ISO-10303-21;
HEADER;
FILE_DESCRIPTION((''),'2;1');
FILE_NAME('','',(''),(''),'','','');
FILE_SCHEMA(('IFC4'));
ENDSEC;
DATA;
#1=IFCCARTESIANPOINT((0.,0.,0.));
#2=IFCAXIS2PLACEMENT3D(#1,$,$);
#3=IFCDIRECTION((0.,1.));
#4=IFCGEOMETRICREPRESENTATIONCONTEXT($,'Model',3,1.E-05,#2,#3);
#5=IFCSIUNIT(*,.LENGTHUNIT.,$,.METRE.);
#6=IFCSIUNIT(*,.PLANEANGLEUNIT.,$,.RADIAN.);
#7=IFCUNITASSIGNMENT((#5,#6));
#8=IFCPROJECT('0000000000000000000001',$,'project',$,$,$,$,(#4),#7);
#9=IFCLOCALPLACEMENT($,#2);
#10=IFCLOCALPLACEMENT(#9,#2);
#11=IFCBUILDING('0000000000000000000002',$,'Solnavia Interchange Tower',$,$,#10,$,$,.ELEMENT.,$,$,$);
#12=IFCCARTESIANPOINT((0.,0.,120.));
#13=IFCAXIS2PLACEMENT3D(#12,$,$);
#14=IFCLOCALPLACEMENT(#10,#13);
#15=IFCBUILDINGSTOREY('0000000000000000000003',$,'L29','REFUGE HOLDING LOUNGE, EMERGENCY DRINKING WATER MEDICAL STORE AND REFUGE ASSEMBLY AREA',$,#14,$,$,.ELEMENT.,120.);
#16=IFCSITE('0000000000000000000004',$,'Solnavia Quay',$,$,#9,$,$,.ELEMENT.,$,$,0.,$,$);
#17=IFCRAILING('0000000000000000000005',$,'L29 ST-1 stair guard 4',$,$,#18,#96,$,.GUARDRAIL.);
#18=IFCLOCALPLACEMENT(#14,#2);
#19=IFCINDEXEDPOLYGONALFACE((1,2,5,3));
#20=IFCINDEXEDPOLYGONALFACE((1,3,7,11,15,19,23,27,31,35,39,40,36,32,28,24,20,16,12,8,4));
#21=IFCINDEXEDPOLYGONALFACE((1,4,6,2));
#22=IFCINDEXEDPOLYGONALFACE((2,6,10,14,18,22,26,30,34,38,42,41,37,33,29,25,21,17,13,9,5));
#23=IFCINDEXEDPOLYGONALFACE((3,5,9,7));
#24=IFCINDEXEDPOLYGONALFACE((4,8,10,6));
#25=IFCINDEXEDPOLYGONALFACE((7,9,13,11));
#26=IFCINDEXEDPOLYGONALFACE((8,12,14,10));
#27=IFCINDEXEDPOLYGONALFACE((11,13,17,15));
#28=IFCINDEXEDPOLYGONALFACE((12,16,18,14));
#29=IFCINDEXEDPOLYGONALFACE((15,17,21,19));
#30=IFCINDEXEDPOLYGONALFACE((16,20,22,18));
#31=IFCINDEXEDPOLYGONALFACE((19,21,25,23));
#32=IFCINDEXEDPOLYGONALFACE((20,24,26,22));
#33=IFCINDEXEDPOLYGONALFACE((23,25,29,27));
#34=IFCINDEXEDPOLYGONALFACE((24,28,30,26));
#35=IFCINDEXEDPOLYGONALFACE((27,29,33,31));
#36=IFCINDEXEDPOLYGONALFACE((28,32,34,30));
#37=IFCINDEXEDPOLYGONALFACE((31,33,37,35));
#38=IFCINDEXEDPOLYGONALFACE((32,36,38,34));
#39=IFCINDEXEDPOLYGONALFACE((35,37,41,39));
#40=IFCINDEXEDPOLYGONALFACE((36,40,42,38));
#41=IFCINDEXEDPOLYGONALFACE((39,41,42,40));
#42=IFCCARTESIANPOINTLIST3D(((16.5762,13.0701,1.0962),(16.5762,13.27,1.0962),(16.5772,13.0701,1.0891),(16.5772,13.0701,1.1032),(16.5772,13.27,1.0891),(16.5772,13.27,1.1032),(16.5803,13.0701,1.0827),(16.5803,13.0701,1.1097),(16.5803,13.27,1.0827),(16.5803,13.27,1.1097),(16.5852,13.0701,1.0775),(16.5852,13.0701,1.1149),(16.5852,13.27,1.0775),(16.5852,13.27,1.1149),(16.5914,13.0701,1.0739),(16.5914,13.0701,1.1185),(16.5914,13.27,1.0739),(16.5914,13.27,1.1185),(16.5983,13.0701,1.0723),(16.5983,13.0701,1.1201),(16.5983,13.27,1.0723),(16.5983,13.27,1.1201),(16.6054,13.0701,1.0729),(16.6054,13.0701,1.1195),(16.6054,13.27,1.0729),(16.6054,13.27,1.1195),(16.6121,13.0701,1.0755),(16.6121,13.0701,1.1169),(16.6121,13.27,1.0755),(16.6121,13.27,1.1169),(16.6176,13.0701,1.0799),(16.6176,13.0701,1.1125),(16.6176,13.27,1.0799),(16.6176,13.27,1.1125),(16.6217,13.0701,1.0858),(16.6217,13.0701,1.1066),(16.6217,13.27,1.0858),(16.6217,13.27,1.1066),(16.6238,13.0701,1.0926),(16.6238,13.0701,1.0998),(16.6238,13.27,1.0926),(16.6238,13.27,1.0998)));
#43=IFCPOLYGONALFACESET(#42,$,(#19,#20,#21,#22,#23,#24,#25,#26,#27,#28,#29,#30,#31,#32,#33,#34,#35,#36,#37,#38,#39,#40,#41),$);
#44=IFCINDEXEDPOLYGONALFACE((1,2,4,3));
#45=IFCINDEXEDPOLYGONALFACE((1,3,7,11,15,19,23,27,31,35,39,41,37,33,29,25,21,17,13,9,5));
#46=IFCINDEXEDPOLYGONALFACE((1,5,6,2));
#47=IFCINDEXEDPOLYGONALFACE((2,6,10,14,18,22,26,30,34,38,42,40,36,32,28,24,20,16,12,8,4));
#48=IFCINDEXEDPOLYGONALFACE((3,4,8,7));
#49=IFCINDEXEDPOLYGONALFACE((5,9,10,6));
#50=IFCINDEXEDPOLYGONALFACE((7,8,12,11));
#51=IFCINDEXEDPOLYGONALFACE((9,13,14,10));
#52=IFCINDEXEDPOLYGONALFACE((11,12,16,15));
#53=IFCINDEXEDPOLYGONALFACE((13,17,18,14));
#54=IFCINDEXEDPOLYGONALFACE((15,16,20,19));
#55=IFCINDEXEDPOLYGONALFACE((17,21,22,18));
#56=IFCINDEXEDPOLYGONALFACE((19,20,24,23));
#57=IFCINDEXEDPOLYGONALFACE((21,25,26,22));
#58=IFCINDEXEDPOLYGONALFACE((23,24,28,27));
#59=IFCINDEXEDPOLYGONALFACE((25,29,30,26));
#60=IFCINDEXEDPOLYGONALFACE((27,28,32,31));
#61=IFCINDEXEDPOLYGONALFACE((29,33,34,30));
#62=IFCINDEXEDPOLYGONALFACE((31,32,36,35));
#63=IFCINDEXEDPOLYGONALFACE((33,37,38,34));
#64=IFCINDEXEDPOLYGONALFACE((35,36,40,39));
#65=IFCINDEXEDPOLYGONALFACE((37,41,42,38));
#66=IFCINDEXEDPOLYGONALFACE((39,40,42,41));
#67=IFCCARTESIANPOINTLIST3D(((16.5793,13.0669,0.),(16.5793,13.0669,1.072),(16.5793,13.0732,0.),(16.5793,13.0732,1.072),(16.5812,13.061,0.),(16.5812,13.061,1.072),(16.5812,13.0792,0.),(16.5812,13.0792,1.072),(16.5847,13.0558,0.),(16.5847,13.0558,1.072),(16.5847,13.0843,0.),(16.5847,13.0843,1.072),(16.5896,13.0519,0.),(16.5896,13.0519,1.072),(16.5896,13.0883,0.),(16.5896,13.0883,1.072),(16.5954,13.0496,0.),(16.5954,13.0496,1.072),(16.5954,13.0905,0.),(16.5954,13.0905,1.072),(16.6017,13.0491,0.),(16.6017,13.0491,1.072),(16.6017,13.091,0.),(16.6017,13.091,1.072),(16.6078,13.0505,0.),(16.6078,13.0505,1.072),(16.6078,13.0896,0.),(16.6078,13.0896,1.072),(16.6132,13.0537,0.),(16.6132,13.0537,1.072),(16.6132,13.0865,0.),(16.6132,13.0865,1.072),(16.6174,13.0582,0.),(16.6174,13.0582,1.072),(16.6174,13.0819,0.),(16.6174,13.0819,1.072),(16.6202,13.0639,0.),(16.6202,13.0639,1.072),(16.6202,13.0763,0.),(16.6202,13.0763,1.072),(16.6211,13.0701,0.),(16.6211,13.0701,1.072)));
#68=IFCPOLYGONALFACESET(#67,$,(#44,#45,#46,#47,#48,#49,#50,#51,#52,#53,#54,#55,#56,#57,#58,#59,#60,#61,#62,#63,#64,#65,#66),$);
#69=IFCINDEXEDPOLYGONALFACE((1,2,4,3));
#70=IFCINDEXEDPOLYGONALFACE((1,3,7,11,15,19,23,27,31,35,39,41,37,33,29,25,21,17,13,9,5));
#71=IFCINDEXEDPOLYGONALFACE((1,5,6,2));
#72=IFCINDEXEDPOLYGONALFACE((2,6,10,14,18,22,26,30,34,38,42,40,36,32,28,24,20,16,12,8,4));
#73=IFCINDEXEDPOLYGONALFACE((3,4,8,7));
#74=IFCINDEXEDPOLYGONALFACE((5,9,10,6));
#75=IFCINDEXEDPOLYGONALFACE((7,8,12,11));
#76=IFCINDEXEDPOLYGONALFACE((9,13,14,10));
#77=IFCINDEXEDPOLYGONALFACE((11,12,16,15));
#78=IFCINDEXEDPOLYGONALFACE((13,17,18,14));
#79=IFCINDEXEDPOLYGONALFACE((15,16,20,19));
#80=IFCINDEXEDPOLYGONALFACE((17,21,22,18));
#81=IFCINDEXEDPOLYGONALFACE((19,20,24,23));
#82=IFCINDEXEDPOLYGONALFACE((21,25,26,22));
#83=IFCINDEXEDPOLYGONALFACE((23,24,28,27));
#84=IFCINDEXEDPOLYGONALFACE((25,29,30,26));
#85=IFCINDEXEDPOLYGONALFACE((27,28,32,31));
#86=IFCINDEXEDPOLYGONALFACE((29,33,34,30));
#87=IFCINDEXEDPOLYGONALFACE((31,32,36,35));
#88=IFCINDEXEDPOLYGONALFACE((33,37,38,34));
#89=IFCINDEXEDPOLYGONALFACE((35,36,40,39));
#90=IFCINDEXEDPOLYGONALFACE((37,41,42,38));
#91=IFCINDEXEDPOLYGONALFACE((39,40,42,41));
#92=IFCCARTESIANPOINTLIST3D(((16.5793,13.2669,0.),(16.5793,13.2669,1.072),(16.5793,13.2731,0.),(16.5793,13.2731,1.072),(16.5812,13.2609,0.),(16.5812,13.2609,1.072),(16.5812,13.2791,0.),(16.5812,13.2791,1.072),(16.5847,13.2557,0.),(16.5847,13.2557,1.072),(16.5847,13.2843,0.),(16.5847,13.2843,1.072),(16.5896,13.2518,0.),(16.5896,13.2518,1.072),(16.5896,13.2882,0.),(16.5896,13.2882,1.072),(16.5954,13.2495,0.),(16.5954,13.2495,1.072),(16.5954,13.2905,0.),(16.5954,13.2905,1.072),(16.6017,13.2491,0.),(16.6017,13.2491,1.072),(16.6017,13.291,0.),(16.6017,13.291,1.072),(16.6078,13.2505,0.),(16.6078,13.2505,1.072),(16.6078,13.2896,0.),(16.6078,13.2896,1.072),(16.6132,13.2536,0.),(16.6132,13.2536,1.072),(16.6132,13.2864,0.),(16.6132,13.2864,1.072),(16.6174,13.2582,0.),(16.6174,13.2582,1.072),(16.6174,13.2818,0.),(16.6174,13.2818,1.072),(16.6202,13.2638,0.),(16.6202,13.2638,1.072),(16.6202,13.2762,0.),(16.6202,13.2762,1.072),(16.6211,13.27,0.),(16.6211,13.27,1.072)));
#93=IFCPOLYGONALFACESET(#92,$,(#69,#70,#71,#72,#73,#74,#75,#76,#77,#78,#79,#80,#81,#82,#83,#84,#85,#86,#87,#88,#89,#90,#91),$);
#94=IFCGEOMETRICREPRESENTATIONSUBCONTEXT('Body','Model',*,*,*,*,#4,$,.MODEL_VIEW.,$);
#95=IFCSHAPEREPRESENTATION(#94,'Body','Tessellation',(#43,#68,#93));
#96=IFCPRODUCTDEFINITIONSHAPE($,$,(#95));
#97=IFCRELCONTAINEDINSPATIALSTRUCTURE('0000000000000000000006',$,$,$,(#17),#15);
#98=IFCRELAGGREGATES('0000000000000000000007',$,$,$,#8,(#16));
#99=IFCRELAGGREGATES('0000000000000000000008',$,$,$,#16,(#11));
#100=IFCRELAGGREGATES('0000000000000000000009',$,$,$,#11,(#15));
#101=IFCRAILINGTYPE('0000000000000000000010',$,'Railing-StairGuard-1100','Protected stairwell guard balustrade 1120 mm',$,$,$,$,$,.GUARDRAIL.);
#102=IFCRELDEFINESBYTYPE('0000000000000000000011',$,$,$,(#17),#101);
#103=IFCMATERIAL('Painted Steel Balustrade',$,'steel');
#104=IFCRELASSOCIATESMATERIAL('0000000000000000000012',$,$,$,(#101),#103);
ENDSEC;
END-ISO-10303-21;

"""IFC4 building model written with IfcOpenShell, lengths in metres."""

from ifc_helpers import new_model, si_unit, direction, frame, origin, origin_2d, place, context, subcontext, project, spatial, circle, extrude, material, type_object, element, save


model = new_model("IFC4")

# Units and contexts
model_context = context("Model", 3, precision=1e-05, world=origin(), true_north=direction((0.0, 1.0)))
body_context = subcontext(model_context, "Body", "Model", "MODEL_VIEW")
ifc_project = project(units=[si_unit("LENGTHUNIT", "METRE"), si_unit("PLANEANGLEUNIT", "RADIAN")], contexts=[model_context])

# Site, building, storey
site_placement = place(None, origin())
site = spatial("IfcSite", under=ifc_project, at=site_placement, Name="Solnavia Quay", CompositionType="ELEMENT", RefElevation=0.0)
building_placement = place(site_placement, origin())
building = spatial("IfcBuilding", under=site, at=building_placement, Name="Solnavia Interchange Tower", CompositionType="ELEMENT")
storey_placement = place(building_placement, frame((0.0, 0.0, 120.0)))
storey = spatial("IfcBuildingStorey", under=building, at=storey_placement, Name="L29", Description="REFUGE HOLDING LOUNGE, EMERGENCY DRINKING WATER MEDICAL STORE AND REFUGE ASSEMBLY AREA", CompositionType="ELEMENT", Elevation=120.0)

# Railing
ifc_material_1 = material(Name="Painted Steel Balustrade", Category="steel")
railing_type_1 = type_object("IfcRailingType", Name="Railing-StairGuard-1100", Description="Protected stairwell guard balustrade 1120 mm", PredefinedType="GUARDRAIL", material=ifc_material_1)
railing_1_placement = place(storey_placement, frame((16.6001, 13.0701, 0.0)))
element("IfcRailing", 1, at=railing_1_placement, inside=storey, type_object=railing_type_1, Name="L29 ST-1 stair guard 4", PredefinedType="GUARDRAIL", context=body_context, shape_type="SweptSolid", body=[
    extrude(circle(Radius=0.0239, at=origin_2d()), frame((0.0, 0.0, 1.0962), z_axis=(0.0, 1.0, 0.0), x_axis=(-1.0, 0.0, 0.0)), (0.0, 0.0, 1.0), 0.2),
    extrude(circle(Radius=0.021, at=origin_2d()), origin(), (0.0, 0.0, 1.0), 1.072),
    extrude(circle(Radius=0.021, at=origin_2d()), frame((0.0, 0.2, 0.0)), (0.0, 0.0, 1.0), 1.072),
])

save(model, "model.ifc")
